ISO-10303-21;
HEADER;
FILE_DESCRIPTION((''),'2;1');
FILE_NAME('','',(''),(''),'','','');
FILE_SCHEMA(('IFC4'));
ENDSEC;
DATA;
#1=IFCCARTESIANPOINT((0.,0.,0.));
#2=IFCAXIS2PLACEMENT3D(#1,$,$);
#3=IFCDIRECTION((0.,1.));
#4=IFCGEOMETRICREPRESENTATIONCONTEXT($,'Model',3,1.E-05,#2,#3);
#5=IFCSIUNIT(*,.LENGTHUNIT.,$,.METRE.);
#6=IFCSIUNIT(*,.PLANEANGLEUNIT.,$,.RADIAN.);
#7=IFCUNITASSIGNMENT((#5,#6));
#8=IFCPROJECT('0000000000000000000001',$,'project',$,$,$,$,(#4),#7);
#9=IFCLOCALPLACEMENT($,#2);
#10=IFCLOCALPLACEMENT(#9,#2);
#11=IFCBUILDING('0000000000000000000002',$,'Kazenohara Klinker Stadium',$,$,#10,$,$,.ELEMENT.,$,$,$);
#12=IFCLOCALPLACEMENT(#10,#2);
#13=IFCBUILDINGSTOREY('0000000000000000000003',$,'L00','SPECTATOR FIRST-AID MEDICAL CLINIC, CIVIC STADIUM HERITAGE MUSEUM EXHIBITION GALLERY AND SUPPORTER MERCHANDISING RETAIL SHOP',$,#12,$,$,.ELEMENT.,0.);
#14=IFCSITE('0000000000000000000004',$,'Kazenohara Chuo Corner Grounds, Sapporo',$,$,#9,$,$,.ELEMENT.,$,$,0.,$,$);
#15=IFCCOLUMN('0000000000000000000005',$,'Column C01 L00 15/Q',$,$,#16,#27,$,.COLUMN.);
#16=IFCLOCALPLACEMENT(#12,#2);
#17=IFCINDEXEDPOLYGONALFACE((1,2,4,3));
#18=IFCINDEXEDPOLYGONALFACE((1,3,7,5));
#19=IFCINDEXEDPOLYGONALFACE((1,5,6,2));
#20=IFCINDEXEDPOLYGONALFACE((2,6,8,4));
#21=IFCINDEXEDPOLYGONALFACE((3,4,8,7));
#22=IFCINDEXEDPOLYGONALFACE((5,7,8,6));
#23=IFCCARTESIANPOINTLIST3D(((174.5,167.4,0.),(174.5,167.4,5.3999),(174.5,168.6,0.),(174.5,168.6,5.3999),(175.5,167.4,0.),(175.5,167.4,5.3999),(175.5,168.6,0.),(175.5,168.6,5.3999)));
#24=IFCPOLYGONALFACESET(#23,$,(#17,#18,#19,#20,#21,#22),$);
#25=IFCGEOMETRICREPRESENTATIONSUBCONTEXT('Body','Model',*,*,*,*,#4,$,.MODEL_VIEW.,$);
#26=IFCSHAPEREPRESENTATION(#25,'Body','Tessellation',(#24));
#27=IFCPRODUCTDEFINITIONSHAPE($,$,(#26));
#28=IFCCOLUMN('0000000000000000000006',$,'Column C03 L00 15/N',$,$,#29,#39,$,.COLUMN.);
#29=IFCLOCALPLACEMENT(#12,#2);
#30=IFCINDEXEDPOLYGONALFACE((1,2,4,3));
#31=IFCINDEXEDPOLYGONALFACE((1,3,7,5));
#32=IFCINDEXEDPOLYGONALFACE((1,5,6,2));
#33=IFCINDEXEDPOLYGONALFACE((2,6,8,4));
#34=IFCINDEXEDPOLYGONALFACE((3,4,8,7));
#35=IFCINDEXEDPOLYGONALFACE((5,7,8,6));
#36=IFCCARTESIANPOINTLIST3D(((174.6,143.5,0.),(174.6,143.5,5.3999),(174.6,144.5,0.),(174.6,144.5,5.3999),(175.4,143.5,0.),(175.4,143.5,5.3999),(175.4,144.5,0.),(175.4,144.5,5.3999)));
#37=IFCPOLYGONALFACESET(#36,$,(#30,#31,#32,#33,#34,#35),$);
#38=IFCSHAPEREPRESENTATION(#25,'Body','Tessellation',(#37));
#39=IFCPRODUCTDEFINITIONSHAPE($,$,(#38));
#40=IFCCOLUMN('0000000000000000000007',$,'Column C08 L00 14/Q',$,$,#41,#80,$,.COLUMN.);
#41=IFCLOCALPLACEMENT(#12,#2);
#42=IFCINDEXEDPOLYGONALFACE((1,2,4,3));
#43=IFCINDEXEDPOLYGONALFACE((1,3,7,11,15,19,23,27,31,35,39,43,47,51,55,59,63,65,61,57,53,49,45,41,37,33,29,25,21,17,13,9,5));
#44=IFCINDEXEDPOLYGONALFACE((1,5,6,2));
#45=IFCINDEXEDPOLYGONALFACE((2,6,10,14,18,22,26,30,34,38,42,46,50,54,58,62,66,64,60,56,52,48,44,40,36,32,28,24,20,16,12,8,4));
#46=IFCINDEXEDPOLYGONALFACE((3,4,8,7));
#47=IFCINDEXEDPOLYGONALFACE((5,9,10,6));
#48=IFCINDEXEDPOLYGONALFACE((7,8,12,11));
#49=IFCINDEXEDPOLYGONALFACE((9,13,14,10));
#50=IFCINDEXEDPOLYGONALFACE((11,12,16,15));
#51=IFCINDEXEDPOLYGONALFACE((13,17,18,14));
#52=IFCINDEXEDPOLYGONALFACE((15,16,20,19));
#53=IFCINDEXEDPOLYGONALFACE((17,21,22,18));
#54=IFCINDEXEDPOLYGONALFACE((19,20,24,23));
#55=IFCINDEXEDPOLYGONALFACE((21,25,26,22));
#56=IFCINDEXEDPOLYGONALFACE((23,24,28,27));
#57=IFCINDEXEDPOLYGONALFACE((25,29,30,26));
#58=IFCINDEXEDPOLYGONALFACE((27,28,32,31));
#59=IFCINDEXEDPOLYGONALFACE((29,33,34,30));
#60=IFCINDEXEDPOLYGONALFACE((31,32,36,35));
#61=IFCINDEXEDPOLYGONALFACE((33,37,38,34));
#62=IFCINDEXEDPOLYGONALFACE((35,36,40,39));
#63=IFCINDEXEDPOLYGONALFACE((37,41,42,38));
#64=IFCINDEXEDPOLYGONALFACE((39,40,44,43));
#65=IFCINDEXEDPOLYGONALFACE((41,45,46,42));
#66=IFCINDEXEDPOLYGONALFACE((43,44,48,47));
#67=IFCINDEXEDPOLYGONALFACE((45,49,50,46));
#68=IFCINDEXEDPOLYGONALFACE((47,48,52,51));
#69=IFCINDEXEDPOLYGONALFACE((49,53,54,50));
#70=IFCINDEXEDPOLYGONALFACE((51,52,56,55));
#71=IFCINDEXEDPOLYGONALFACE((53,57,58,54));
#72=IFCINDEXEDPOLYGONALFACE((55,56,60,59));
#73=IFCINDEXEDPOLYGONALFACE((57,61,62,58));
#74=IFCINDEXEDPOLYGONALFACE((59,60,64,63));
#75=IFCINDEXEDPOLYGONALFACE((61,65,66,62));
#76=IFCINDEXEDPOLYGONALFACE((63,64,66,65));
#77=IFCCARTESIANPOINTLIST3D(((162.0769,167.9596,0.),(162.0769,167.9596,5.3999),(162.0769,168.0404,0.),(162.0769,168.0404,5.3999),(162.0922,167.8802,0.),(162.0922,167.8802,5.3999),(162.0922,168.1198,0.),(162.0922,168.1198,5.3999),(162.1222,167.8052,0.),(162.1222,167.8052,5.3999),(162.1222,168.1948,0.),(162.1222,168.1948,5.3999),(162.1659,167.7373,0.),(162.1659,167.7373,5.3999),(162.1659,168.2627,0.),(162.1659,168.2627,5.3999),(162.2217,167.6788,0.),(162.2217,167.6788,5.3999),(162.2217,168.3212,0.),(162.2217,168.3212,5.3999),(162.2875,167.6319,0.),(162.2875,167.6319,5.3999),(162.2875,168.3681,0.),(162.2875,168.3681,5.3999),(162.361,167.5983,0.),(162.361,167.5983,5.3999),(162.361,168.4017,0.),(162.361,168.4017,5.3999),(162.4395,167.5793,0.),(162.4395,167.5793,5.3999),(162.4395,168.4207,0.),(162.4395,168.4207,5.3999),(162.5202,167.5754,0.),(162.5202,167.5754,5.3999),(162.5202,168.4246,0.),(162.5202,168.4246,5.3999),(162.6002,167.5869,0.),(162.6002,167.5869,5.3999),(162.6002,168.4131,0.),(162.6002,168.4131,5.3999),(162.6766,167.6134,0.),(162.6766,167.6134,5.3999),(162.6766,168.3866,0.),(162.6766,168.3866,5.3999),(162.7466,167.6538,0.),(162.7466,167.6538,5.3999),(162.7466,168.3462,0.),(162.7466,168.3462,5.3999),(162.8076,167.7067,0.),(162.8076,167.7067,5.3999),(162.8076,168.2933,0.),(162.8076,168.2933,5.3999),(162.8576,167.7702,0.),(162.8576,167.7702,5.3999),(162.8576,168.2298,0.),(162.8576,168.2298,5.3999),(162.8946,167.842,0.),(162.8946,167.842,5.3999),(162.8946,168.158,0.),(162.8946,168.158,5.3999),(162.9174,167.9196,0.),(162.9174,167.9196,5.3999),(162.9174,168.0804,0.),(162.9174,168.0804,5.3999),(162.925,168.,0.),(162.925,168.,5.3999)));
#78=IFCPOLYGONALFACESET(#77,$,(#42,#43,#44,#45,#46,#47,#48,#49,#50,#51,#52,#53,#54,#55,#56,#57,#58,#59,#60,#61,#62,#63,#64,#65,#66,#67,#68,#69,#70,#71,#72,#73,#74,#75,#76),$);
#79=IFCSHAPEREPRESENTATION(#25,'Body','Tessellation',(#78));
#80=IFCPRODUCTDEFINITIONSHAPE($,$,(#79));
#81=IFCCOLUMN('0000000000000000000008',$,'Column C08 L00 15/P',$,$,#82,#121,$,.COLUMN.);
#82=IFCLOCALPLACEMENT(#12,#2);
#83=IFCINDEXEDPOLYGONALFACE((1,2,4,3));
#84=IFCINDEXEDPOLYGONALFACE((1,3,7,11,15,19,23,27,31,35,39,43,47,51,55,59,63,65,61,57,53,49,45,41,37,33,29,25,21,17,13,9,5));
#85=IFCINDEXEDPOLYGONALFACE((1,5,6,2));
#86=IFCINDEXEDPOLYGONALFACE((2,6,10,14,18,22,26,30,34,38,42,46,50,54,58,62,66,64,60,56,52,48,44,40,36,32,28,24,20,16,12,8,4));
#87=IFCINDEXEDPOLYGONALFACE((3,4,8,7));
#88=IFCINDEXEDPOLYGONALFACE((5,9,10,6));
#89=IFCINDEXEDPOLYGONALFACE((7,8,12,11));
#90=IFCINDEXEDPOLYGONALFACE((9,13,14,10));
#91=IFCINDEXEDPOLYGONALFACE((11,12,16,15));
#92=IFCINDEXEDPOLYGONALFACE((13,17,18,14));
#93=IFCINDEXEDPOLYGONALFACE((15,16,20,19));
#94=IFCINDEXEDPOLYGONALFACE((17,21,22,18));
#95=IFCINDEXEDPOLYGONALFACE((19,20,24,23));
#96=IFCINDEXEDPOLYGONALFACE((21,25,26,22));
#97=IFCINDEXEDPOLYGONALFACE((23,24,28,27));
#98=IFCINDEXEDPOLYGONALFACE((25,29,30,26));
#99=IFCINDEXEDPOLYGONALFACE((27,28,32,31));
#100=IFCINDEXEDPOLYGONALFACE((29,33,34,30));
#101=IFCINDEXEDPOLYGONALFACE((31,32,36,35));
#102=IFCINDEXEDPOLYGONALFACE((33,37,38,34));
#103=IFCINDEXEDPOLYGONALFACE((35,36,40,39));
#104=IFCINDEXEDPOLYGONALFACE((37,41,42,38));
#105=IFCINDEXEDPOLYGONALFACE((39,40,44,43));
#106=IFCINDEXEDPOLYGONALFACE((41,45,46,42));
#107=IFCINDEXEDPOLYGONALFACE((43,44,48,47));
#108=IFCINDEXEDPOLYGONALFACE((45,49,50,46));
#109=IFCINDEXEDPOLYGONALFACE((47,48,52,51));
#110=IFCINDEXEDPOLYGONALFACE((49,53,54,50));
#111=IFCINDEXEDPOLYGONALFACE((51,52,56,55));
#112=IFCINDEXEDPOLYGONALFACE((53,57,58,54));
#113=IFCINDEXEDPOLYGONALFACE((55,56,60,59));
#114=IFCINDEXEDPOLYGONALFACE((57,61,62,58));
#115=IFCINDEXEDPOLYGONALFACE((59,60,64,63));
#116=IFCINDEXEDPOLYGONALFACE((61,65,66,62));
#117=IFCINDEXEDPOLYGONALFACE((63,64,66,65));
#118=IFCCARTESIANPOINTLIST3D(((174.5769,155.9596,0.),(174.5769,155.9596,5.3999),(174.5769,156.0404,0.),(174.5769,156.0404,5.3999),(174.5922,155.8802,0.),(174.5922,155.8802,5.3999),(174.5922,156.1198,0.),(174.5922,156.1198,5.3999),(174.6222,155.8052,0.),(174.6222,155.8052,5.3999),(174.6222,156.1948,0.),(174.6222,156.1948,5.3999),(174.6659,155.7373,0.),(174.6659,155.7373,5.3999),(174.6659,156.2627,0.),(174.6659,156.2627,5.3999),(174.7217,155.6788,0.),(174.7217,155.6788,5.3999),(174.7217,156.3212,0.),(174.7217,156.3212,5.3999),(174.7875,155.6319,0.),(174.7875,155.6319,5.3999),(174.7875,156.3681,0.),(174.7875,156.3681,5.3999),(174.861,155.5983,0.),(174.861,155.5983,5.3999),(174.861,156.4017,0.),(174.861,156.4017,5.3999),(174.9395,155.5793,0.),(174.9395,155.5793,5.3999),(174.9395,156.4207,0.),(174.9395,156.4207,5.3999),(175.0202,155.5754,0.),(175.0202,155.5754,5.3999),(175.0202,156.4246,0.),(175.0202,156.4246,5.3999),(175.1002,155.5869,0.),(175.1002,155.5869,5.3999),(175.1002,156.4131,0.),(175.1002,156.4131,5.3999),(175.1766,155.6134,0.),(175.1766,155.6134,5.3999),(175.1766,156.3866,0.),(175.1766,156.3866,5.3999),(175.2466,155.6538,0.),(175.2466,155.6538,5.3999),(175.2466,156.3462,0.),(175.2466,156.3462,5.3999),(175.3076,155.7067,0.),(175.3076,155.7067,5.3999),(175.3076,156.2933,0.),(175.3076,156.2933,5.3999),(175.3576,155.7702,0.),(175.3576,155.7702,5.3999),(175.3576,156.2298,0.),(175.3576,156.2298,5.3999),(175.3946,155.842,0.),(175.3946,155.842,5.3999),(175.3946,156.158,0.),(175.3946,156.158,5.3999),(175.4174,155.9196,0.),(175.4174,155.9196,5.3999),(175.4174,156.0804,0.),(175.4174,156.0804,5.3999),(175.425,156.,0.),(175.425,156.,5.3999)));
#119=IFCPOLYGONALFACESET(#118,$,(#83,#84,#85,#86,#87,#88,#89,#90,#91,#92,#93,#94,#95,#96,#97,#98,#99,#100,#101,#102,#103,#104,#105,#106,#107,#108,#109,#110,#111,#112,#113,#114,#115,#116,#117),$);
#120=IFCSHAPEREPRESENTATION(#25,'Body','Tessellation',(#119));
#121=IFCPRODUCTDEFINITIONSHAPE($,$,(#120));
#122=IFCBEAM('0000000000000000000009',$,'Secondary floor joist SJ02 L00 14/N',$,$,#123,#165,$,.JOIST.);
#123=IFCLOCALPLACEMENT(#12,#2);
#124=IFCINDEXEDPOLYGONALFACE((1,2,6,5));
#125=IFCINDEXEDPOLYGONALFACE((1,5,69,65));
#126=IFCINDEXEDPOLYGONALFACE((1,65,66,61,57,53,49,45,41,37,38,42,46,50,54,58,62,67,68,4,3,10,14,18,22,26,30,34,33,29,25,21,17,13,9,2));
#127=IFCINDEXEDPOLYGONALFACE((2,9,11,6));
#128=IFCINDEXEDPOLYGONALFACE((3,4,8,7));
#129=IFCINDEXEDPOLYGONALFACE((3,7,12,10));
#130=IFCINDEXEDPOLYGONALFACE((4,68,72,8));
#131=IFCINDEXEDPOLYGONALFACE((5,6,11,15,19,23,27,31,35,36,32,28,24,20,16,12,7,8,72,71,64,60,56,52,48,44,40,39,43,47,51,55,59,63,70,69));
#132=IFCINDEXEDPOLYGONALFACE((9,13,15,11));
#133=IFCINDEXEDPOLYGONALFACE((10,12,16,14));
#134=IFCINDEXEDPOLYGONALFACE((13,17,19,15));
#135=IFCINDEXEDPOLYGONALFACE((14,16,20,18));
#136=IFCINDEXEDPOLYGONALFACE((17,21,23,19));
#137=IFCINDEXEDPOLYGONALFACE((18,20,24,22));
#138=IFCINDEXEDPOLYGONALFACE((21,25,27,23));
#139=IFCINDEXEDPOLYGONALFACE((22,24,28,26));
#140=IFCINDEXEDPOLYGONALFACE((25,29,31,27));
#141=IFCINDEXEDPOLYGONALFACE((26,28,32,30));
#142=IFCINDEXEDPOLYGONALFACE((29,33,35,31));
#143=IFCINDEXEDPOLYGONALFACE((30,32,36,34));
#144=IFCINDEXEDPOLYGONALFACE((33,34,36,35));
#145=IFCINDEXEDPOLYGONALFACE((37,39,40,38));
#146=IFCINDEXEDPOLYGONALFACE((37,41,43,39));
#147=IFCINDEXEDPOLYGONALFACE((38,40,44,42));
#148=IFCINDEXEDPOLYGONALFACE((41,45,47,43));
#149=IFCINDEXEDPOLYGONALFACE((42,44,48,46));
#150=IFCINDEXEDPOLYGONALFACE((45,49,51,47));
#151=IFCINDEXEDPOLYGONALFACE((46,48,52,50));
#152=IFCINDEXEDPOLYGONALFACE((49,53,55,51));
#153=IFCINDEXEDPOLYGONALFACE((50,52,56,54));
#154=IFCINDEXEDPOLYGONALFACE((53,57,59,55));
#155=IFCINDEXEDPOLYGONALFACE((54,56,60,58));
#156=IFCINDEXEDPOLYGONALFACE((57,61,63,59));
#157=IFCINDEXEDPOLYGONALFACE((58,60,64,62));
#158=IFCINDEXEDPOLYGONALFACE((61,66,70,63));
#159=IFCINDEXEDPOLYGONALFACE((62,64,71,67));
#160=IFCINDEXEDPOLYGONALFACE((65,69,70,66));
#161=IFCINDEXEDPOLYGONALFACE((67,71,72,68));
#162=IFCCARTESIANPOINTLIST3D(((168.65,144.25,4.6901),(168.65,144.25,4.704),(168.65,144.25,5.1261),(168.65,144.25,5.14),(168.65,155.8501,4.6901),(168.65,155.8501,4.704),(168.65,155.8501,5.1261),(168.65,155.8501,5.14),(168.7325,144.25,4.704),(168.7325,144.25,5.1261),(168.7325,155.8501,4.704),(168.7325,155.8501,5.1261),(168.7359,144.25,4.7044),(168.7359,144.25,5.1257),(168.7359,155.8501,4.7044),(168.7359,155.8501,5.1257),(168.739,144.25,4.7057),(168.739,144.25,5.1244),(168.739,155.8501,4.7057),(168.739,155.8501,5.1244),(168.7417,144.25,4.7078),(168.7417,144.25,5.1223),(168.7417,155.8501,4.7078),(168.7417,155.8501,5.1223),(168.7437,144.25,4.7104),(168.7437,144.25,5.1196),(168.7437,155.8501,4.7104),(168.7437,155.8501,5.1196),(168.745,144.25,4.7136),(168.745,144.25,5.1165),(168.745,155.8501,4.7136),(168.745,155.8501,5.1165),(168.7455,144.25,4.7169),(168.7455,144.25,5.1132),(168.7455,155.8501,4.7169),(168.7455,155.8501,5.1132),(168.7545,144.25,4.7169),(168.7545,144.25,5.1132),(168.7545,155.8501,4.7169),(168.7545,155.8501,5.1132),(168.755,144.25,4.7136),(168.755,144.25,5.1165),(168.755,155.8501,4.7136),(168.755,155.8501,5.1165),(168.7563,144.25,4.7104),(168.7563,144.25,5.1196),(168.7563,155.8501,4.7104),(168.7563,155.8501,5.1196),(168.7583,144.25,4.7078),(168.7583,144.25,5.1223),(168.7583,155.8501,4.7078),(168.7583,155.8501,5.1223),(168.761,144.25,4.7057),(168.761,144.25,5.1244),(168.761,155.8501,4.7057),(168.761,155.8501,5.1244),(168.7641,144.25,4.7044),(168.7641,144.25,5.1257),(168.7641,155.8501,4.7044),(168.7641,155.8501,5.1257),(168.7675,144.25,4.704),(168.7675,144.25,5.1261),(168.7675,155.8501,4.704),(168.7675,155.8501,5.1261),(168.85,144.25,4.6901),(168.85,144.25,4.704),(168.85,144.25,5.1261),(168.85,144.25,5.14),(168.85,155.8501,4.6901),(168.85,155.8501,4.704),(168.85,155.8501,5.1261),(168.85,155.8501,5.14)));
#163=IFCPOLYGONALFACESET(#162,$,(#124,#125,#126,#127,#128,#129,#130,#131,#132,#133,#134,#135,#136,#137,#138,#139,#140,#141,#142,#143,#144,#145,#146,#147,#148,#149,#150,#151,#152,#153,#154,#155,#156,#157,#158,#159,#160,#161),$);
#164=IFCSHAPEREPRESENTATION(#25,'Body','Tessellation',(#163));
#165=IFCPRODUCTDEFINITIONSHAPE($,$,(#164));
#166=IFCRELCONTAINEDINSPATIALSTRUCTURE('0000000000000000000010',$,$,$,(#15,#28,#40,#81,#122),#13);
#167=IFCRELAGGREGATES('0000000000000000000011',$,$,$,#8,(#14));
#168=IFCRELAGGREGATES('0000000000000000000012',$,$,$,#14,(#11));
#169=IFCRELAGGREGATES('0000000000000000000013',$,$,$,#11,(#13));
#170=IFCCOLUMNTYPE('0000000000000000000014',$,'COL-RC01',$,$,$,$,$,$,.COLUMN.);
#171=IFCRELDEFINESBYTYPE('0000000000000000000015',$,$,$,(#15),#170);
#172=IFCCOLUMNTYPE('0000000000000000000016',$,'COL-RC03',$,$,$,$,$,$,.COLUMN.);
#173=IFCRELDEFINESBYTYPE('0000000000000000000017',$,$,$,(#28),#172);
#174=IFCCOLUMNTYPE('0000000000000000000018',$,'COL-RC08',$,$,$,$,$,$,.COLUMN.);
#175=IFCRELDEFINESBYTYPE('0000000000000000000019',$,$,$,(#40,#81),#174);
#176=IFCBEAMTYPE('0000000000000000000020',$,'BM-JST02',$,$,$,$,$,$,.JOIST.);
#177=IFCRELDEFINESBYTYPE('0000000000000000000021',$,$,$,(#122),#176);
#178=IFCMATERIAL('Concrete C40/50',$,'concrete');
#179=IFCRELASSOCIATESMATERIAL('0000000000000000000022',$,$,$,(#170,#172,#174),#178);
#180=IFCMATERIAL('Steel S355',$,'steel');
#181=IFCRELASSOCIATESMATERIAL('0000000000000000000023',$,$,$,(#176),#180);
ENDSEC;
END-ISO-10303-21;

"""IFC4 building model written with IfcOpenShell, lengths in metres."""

from ifc_helpers import new_model, si_unit, direction, frame, origin, origin_2d, place, context, subcontext, project, spatial, rectangle, circle, i_section, extrude, material, material_profile, profile_set, type_object, element, save


model = new_model("IFC4")

# Units and contexts
model_context = context("Model", 3, precision=1e-05, world=origin(), true_north=direction((0.0, 1.0)))
body_context = subcontext(model_context, "Body", "Model", "MODEL_VIEW")
ifc_project = project(units=[si_unit("LENGTHUNIT", "METRE"), si_unit("PLANEANGLEUNIT", "RADIAN")], contexts=[model_context])

# Site, building, storey
site_placement = place(None, origin())
site = spatial("IfcSite", under=ifc_project, at=site_placement, Name="Kazenohara Chuo Corner Grounds, Sapporo", CompositionType="ELEMENT", RefElevation=0.0)
building_placement = place(site_placement, origin())
building = spatial("IfcBuilding", under=site, at=building_placement, Name="Kazenohara Klinker Stadium", CompositionType="ELEMENT")
storey_placement = place(building_placement, origin())
storey = spatial("IfcBuildingStorey", under=building, at=storey_placement, Name="L00", Description="SPECTATOR FIRST-AID MEDICAL CLINIC, CIVIC STADIUM HERITAGE MUSEUM EXHIBITION GALLERY AND SUPPORTER MERCHANDISING RETAIL SHOP", CompositionType="ELEMENT", Elevation=0.0)

# Columns
ifc_material_1 = material(Name="Concrete C40/50", Category="concrete")
ifc_material_profile_1 = material_profile(ifc_material_1, rectangle(XDim=1.0, YDim=1.2, at=origin_2d()), Name="RC-COL-1200x1000")
ifc_profile_set_1 = profile_set([ifc_material_profile_1], Name="Concrete C40/50")
column_type_1 = type_object("IfcColumnType", Name="COL-RC01", PredefinedType="COLUMN", material=ifc_profile_set_1)
column_1_placement = place(storey_placement, frame((175.0, 168.0, 0.0), z_axis=(0.0, 0.0, 1.0), x_axis=(1.0, 0.0, 0.0)))
element("IfcColumn", 1, at=column_1_placement, inside=storey, type_object=column_type_1, Name="Column C01 L00 15/Q", PredefinedType="COLUMN", context=body_context, shape_type="SweptSolid", body=[
    extrude(rectangle(XDim=1.0, YDim=1.2, at=origin_2d()), origin(), (0.0, 0.0, 1.0), 5.3999),
])
ifc_material_profile_2 = material_profile(ifc_material_1, rectangle(XDim=0.8, YDim=1.0, at=origin_2d()), Name="RC-COL-1000x800")
ifc_profile_set_2 = profile_set([ifc_material_profile_2], Name="Concrete C40/50")
column_type_2 = type_object("IfcColumnType", Name="COL-RC03", PredefinedType="COLUMN", material=ifc_profile_set_2)
column_2_placement = place(storey_placement, frame((175.0, 144.0, 0.0), z_axis=(0.0, 0.0, 1.0), x_axis=(1.0, 0.0, 0.0)))
element("IfcColumn", 2, at=column_2_placement, inside=storey, type_object=column_type_2, Name="Column C03 L00 15/N", PredefinedType="COLUMN", context=body_context, shape_type="SweptSolid", body=[
    extrude(rectangle(XDim=0.8, YDim=1.0, at=origin_2d()), origin(), (0.0, 0.0, 1.0), 5.3999),
])
ifc_material_profile_3 = material_profile(ifc_material_1, circle(Radius=0.425, at=origin_2d()), Name="RC-COL-D850")
ifc_profile_set_3 = profile_set([ifc_material_profile_3], Name="Concrete C40/50")
column_type_3 = type_object("IfcColumnType", Name="COL-RC08", PredefinedType="COLUMN", material=ifc_profile_set_3)
for number, where, z_axis, x_axis, name in (
    (3, (162.5, 168.0, 0.0), (0.0, 0.0, 1.0), (1.0, 0.0, 0.0), "Column C08 L00 14/Q"),
    (4, (175.0, 156.0, 0.0), (0.0, 0.0, 1.0), (1.0, 0.0, 0.0), "Column C08 L00 15/P"),
):
    element("IfcColumn", number, at=place(storey_placement, frame(where, z_axis=z_axis, x_axis=x_axis)), inside=storey, type_object=column_type_3, Name=name, PredefinedType="COLUMN", context=body_context, shape_type="SweptSolid", body=[
        extrude(circle(Radius=0.425, at=origin_2d()), origin(), (0.0, 0.0, 1.0), 5.3999),
    ])

# Beam
ifc_material_2 = material(Name="Steel S355", Category="steel")
ifc_material_profile_4 = material_profile(ifc_material_2, i_section(OverallWidth=0.2, OverallDepth=0.45, WebThickness=0.009, FlangeThickness=0.0139, FilletRadius=0.0129, at=origin_2d()), Name="H-450x200x9x14")
ifc_profile_set_4 = profile_set([ifc_material_profile_4], Name="Steel S355")
beam_type_1 = type_object("IfcBeamType", Name="BM-JST02", PredefinedType="JOIST", material=ifc_profile_set_4)
beam_1_placement = place(storey_placement, frame((168.75, 144.25, 4.915), z_axis=(0.0, 1.0, 0.0), x_axis=(-1.0, 0.0, 0.0)))
element("IfcBeam", 5, at=beam_1_placement, inside=storey, type_object=beam_type_1, Name="Secondary floor joist SJ02 L00 14/N", PredefinedType="JOIST", context=body_context, shape_type="SweptSolid", body=[
    extrude(i_section(OverallWidth=0.2, OverallDepth=0.45, WebThickness=0.009, FlangeThickness=0.0139, FilletRadius=0.0129, at=origin_2d()), origin(), (0.0, 0.0, 1.0), 11.6001),
])

save(model, "model.ifc")
